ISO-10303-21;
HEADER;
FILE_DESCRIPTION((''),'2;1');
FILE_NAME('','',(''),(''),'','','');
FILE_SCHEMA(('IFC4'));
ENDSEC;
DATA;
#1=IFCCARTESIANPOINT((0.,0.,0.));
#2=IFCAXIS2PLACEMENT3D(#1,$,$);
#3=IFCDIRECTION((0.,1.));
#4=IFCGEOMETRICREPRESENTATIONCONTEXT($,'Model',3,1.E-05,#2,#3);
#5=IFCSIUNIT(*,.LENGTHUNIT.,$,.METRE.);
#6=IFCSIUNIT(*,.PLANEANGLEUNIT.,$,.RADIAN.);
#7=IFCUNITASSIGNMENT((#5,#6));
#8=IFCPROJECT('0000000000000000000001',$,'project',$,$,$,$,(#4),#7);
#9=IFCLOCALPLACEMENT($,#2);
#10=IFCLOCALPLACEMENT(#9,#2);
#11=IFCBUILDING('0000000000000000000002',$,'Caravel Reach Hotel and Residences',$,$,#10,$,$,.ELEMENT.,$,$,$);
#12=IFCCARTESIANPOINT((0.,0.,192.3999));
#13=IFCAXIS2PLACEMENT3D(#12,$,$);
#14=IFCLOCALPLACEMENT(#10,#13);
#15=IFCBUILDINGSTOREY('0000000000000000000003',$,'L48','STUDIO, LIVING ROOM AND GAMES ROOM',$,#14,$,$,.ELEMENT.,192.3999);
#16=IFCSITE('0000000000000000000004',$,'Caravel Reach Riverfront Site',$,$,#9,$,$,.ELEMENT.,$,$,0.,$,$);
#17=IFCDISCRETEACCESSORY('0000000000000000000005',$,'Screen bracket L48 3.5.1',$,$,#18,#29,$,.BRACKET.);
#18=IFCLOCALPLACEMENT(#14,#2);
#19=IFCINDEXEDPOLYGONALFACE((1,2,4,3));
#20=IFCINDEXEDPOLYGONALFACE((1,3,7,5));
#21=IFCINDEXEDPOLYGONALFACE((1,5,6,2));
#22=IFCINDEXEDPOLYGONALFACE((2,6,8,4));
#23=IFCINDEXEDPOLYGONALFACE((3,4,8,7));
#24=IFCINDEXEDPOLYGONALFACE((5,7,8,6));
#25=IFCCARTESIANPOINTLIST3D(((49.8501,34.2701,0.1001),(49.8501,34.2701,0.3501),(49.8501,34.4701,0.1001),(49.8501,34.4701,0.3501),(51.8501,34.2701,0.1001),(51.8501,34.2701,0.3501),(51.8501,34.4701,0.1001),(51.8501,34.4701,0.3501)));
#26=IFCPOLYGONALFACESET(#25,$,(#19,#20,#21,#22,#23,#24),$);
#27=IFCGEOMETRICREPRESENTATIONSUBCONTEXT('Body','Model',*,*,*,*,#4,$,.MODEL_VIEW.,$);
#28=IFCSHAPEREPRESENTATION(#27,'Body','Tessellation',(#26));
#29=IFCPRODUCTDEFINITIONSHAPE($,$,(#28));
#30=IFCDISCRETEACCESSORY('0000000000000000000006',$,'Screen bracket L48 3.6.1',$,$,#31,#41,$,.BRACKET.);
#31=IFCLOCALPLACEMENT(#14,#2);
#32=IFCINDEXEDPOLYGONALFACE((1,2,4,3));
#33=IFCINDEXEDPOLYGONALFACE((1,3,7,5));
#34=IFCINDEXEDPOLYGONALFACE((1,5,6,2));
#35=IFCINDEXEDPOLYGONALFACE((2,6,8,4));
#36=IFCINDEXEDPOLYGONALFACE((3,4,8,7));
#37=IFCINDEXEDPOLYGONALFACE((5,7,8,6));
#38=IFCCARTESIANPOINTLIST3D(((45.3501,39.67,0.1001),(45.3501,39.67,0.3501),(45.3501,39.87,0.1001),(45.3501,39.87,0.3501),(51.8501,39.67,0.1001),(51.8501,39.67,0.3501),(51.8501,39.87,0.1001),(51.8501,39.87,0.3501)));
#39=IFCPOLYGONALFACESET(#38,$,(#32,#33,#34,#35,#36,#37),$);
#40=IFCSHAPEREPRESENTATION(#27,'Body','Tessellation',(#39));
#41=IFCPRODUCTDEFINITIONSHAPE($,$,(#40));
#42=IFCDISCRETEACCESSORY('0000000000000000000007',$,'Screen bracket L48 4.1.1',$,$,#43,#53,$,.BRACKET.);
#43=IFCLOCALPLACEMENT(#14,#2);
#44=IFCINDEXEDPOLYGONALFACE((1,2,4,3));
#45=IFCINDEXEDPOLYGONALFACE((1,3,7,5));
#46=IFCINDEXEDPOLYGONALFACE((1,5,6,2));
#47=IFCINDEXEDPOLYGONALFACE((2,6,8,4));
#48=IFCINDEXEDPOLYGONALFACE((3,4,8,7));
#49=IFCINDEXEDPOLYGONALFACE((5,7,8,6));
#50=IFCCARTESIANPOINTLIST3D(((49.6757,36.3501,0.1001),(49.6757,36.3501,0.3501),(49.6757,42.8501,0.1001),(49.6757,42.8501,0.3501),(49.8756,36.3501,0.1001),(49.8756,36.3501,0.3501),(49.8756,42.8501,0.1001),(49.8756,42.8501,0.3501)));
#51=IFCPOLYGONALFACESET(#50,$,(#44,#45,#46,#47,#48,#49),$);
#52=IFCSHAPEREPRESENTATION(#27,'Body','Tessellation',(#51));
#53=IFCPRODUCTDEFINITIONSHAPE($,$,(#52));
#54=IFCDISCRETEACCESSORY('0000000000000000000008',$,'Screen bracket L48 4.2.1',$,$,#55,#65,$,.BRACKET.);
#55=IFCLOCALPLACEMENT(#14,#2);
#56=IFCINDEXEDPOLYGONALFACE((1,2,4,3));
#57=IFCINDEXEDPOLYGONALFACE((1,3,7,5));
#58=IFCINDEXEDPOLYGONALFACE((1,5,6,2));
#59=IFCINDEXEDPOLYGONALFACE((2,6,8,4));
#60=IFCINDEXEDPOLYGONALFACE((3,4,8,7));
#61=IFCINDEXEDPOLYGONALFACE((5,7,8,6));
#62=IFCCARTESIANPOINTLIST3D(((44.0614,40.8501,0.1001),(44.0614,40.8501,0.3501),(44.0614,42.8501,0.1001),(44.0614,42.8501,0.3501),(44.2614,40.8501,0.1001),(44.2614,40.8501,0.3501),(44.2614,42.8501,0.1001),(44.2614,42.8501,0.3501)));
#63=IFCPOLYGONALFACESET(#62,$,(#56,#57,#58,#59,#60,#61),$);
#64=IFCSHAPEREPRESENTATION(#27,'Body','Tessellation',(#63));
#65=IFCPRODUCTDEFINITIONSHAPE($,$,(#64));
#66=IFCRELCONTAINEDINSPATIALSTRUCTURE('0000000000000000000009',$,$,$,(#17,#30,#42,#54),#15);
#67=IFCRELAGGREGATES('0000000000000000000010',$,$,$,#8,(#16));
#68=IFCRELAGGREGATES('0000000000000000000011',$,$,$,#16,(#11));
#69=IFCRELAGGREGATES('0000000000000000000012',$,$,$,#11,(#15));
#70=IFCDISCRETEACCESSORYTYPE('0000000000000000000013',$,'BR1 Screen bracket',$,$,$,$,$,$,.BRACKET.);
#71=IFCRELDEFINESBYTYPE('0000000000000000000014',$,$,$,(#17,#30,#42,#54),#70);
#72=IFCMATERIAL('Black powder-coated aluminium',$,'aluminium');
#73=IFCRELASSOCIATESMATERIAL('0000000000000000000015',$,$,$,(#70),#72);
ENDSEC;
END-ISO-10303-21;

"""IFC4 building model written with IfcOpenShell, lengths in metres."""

from ifc_helpers import new_model, si_unit, direction, frame, origin, origin_2d, place, context, subcontext, project, spatial, rectangle, extrude, material, type_object, element, save


model = new_model("IFC4")

# Units and contexts
model_context = context("Model", 3, precision=1e-05, world=origin(), true_north=direction((0.0, 1.0)))
body_context = subcontext(model_context, "Body", "Model", "MODEL_VIEW")
ifc_project = project(units=[si_unit("LENGTHUNIT", "METRE"), si_unit("PLANEANGLEUNIT", "RADIAN")], contexts=[model_context])

# Site, building, storey
site_placement = place(None, origin())
site = spatial("IfcSite", under=ifc_project, at=site_placement, Name="Caravel Reach Riverfront Site", CompositionType="ELEMENT", RefElevation=0.0)
building_placement = place(site_placement, origin())
building = spatial("IfcBuilding", under=site, at=building_placement, Name="Caravel Reach Hotel and Residences", CompositionType="ELEMENT")
storey_placement = place(building_placement, frame((0.0, 0.0, 192.3999)))
storey = spatial("IfcBuildingStorey", under=building, at=storey_placement, Name="L48", Description="STUDIO, LIVING ROOM AND GAMES ROOM", CompositionType="ELEMENT", Elevation=192.3999)

# Discrete accessories
ifc_material_1 = material(Name="Black powder-coated aluminium", Category="aluminium")
discrete_accessory_type = type_object("IfcDiscreteAccessoryType", Name="BR1 Screen bracket", PredefinedType="BRACKET", material=ifc_material_1)
discrete_accessory_1_placement = place(storey_placement, frame((50.8501, 34.3701, 0.1001), z_axis=(0.0, 0.0, 1.0), x_axis=(1.0, 0.0, 0.0)))
element("IfcDiscreteAccessory", 1, at=discrete_accessory_1_placement, inside=storey, type_object=discrete_accessory_type, Name="Screen bracket L48 3.5.1", PredefinedType="BRACKET", context=body_context, shape_type="SweptSolid", body=[
    extrude(rectangle(XDim=2.0, YDim=0.2, at=origin_2d()), origin(), (0.0, 0.0, 1.0), 0.25),
])
for number, where, z_axis, x_axis, name in (
    (2, (48.6001, 39.77, 0.1001), (0.0, 0.0, 1.0), (1.0, 0.0, 0.0), "Screen bracket L48 3.6.1"),
    (3, (49.7756, 39.6001, 0.1001), (0.0, 0.0, 1.0), (0.0, 1.0, 0.0), "Screen bracket L48 4.1.1"),
):
    element("IfcDiscreteAccessory", number, at=place(storey_placement, frame(where, z_axis=z_axis, x_axis=x_axis)), inside=storey, type_object=discrete_accessory_type, Name=name, PredefinedType="BRACKET", context=body_context, shape_type="SweptSolid", body=[
        extrude(rectangle(XDim=6.5, YDim=0.2, at=origin_2d()), origin(), (0.0, 0.0, 1.0), 0.25),
    ])
discrete_accessory_2_placement = place(storey_placement, frame((44.1614, 41.8501, 0.1001), z_axis=(0.0, 0.0, 1.0), x_axis=(0.0, 1.0, 0.0)))
element("IfcDiscreteAccessory", 4, at=discrete_accessory_2_placement, inside=storey, type_object=discrete_accessory_type, Name="Screen bracket L48 4.2.1", PredefinedType="BRACKET", context=body_context, shape_type="SweptSolid", body=[
    extrude(rectangle(XDim=2.0, YDim=0.2, at=origin_2d()), origin(), (0.0, 0.0, 1.0), 0.25),
])

save(model, "model.ifc")
